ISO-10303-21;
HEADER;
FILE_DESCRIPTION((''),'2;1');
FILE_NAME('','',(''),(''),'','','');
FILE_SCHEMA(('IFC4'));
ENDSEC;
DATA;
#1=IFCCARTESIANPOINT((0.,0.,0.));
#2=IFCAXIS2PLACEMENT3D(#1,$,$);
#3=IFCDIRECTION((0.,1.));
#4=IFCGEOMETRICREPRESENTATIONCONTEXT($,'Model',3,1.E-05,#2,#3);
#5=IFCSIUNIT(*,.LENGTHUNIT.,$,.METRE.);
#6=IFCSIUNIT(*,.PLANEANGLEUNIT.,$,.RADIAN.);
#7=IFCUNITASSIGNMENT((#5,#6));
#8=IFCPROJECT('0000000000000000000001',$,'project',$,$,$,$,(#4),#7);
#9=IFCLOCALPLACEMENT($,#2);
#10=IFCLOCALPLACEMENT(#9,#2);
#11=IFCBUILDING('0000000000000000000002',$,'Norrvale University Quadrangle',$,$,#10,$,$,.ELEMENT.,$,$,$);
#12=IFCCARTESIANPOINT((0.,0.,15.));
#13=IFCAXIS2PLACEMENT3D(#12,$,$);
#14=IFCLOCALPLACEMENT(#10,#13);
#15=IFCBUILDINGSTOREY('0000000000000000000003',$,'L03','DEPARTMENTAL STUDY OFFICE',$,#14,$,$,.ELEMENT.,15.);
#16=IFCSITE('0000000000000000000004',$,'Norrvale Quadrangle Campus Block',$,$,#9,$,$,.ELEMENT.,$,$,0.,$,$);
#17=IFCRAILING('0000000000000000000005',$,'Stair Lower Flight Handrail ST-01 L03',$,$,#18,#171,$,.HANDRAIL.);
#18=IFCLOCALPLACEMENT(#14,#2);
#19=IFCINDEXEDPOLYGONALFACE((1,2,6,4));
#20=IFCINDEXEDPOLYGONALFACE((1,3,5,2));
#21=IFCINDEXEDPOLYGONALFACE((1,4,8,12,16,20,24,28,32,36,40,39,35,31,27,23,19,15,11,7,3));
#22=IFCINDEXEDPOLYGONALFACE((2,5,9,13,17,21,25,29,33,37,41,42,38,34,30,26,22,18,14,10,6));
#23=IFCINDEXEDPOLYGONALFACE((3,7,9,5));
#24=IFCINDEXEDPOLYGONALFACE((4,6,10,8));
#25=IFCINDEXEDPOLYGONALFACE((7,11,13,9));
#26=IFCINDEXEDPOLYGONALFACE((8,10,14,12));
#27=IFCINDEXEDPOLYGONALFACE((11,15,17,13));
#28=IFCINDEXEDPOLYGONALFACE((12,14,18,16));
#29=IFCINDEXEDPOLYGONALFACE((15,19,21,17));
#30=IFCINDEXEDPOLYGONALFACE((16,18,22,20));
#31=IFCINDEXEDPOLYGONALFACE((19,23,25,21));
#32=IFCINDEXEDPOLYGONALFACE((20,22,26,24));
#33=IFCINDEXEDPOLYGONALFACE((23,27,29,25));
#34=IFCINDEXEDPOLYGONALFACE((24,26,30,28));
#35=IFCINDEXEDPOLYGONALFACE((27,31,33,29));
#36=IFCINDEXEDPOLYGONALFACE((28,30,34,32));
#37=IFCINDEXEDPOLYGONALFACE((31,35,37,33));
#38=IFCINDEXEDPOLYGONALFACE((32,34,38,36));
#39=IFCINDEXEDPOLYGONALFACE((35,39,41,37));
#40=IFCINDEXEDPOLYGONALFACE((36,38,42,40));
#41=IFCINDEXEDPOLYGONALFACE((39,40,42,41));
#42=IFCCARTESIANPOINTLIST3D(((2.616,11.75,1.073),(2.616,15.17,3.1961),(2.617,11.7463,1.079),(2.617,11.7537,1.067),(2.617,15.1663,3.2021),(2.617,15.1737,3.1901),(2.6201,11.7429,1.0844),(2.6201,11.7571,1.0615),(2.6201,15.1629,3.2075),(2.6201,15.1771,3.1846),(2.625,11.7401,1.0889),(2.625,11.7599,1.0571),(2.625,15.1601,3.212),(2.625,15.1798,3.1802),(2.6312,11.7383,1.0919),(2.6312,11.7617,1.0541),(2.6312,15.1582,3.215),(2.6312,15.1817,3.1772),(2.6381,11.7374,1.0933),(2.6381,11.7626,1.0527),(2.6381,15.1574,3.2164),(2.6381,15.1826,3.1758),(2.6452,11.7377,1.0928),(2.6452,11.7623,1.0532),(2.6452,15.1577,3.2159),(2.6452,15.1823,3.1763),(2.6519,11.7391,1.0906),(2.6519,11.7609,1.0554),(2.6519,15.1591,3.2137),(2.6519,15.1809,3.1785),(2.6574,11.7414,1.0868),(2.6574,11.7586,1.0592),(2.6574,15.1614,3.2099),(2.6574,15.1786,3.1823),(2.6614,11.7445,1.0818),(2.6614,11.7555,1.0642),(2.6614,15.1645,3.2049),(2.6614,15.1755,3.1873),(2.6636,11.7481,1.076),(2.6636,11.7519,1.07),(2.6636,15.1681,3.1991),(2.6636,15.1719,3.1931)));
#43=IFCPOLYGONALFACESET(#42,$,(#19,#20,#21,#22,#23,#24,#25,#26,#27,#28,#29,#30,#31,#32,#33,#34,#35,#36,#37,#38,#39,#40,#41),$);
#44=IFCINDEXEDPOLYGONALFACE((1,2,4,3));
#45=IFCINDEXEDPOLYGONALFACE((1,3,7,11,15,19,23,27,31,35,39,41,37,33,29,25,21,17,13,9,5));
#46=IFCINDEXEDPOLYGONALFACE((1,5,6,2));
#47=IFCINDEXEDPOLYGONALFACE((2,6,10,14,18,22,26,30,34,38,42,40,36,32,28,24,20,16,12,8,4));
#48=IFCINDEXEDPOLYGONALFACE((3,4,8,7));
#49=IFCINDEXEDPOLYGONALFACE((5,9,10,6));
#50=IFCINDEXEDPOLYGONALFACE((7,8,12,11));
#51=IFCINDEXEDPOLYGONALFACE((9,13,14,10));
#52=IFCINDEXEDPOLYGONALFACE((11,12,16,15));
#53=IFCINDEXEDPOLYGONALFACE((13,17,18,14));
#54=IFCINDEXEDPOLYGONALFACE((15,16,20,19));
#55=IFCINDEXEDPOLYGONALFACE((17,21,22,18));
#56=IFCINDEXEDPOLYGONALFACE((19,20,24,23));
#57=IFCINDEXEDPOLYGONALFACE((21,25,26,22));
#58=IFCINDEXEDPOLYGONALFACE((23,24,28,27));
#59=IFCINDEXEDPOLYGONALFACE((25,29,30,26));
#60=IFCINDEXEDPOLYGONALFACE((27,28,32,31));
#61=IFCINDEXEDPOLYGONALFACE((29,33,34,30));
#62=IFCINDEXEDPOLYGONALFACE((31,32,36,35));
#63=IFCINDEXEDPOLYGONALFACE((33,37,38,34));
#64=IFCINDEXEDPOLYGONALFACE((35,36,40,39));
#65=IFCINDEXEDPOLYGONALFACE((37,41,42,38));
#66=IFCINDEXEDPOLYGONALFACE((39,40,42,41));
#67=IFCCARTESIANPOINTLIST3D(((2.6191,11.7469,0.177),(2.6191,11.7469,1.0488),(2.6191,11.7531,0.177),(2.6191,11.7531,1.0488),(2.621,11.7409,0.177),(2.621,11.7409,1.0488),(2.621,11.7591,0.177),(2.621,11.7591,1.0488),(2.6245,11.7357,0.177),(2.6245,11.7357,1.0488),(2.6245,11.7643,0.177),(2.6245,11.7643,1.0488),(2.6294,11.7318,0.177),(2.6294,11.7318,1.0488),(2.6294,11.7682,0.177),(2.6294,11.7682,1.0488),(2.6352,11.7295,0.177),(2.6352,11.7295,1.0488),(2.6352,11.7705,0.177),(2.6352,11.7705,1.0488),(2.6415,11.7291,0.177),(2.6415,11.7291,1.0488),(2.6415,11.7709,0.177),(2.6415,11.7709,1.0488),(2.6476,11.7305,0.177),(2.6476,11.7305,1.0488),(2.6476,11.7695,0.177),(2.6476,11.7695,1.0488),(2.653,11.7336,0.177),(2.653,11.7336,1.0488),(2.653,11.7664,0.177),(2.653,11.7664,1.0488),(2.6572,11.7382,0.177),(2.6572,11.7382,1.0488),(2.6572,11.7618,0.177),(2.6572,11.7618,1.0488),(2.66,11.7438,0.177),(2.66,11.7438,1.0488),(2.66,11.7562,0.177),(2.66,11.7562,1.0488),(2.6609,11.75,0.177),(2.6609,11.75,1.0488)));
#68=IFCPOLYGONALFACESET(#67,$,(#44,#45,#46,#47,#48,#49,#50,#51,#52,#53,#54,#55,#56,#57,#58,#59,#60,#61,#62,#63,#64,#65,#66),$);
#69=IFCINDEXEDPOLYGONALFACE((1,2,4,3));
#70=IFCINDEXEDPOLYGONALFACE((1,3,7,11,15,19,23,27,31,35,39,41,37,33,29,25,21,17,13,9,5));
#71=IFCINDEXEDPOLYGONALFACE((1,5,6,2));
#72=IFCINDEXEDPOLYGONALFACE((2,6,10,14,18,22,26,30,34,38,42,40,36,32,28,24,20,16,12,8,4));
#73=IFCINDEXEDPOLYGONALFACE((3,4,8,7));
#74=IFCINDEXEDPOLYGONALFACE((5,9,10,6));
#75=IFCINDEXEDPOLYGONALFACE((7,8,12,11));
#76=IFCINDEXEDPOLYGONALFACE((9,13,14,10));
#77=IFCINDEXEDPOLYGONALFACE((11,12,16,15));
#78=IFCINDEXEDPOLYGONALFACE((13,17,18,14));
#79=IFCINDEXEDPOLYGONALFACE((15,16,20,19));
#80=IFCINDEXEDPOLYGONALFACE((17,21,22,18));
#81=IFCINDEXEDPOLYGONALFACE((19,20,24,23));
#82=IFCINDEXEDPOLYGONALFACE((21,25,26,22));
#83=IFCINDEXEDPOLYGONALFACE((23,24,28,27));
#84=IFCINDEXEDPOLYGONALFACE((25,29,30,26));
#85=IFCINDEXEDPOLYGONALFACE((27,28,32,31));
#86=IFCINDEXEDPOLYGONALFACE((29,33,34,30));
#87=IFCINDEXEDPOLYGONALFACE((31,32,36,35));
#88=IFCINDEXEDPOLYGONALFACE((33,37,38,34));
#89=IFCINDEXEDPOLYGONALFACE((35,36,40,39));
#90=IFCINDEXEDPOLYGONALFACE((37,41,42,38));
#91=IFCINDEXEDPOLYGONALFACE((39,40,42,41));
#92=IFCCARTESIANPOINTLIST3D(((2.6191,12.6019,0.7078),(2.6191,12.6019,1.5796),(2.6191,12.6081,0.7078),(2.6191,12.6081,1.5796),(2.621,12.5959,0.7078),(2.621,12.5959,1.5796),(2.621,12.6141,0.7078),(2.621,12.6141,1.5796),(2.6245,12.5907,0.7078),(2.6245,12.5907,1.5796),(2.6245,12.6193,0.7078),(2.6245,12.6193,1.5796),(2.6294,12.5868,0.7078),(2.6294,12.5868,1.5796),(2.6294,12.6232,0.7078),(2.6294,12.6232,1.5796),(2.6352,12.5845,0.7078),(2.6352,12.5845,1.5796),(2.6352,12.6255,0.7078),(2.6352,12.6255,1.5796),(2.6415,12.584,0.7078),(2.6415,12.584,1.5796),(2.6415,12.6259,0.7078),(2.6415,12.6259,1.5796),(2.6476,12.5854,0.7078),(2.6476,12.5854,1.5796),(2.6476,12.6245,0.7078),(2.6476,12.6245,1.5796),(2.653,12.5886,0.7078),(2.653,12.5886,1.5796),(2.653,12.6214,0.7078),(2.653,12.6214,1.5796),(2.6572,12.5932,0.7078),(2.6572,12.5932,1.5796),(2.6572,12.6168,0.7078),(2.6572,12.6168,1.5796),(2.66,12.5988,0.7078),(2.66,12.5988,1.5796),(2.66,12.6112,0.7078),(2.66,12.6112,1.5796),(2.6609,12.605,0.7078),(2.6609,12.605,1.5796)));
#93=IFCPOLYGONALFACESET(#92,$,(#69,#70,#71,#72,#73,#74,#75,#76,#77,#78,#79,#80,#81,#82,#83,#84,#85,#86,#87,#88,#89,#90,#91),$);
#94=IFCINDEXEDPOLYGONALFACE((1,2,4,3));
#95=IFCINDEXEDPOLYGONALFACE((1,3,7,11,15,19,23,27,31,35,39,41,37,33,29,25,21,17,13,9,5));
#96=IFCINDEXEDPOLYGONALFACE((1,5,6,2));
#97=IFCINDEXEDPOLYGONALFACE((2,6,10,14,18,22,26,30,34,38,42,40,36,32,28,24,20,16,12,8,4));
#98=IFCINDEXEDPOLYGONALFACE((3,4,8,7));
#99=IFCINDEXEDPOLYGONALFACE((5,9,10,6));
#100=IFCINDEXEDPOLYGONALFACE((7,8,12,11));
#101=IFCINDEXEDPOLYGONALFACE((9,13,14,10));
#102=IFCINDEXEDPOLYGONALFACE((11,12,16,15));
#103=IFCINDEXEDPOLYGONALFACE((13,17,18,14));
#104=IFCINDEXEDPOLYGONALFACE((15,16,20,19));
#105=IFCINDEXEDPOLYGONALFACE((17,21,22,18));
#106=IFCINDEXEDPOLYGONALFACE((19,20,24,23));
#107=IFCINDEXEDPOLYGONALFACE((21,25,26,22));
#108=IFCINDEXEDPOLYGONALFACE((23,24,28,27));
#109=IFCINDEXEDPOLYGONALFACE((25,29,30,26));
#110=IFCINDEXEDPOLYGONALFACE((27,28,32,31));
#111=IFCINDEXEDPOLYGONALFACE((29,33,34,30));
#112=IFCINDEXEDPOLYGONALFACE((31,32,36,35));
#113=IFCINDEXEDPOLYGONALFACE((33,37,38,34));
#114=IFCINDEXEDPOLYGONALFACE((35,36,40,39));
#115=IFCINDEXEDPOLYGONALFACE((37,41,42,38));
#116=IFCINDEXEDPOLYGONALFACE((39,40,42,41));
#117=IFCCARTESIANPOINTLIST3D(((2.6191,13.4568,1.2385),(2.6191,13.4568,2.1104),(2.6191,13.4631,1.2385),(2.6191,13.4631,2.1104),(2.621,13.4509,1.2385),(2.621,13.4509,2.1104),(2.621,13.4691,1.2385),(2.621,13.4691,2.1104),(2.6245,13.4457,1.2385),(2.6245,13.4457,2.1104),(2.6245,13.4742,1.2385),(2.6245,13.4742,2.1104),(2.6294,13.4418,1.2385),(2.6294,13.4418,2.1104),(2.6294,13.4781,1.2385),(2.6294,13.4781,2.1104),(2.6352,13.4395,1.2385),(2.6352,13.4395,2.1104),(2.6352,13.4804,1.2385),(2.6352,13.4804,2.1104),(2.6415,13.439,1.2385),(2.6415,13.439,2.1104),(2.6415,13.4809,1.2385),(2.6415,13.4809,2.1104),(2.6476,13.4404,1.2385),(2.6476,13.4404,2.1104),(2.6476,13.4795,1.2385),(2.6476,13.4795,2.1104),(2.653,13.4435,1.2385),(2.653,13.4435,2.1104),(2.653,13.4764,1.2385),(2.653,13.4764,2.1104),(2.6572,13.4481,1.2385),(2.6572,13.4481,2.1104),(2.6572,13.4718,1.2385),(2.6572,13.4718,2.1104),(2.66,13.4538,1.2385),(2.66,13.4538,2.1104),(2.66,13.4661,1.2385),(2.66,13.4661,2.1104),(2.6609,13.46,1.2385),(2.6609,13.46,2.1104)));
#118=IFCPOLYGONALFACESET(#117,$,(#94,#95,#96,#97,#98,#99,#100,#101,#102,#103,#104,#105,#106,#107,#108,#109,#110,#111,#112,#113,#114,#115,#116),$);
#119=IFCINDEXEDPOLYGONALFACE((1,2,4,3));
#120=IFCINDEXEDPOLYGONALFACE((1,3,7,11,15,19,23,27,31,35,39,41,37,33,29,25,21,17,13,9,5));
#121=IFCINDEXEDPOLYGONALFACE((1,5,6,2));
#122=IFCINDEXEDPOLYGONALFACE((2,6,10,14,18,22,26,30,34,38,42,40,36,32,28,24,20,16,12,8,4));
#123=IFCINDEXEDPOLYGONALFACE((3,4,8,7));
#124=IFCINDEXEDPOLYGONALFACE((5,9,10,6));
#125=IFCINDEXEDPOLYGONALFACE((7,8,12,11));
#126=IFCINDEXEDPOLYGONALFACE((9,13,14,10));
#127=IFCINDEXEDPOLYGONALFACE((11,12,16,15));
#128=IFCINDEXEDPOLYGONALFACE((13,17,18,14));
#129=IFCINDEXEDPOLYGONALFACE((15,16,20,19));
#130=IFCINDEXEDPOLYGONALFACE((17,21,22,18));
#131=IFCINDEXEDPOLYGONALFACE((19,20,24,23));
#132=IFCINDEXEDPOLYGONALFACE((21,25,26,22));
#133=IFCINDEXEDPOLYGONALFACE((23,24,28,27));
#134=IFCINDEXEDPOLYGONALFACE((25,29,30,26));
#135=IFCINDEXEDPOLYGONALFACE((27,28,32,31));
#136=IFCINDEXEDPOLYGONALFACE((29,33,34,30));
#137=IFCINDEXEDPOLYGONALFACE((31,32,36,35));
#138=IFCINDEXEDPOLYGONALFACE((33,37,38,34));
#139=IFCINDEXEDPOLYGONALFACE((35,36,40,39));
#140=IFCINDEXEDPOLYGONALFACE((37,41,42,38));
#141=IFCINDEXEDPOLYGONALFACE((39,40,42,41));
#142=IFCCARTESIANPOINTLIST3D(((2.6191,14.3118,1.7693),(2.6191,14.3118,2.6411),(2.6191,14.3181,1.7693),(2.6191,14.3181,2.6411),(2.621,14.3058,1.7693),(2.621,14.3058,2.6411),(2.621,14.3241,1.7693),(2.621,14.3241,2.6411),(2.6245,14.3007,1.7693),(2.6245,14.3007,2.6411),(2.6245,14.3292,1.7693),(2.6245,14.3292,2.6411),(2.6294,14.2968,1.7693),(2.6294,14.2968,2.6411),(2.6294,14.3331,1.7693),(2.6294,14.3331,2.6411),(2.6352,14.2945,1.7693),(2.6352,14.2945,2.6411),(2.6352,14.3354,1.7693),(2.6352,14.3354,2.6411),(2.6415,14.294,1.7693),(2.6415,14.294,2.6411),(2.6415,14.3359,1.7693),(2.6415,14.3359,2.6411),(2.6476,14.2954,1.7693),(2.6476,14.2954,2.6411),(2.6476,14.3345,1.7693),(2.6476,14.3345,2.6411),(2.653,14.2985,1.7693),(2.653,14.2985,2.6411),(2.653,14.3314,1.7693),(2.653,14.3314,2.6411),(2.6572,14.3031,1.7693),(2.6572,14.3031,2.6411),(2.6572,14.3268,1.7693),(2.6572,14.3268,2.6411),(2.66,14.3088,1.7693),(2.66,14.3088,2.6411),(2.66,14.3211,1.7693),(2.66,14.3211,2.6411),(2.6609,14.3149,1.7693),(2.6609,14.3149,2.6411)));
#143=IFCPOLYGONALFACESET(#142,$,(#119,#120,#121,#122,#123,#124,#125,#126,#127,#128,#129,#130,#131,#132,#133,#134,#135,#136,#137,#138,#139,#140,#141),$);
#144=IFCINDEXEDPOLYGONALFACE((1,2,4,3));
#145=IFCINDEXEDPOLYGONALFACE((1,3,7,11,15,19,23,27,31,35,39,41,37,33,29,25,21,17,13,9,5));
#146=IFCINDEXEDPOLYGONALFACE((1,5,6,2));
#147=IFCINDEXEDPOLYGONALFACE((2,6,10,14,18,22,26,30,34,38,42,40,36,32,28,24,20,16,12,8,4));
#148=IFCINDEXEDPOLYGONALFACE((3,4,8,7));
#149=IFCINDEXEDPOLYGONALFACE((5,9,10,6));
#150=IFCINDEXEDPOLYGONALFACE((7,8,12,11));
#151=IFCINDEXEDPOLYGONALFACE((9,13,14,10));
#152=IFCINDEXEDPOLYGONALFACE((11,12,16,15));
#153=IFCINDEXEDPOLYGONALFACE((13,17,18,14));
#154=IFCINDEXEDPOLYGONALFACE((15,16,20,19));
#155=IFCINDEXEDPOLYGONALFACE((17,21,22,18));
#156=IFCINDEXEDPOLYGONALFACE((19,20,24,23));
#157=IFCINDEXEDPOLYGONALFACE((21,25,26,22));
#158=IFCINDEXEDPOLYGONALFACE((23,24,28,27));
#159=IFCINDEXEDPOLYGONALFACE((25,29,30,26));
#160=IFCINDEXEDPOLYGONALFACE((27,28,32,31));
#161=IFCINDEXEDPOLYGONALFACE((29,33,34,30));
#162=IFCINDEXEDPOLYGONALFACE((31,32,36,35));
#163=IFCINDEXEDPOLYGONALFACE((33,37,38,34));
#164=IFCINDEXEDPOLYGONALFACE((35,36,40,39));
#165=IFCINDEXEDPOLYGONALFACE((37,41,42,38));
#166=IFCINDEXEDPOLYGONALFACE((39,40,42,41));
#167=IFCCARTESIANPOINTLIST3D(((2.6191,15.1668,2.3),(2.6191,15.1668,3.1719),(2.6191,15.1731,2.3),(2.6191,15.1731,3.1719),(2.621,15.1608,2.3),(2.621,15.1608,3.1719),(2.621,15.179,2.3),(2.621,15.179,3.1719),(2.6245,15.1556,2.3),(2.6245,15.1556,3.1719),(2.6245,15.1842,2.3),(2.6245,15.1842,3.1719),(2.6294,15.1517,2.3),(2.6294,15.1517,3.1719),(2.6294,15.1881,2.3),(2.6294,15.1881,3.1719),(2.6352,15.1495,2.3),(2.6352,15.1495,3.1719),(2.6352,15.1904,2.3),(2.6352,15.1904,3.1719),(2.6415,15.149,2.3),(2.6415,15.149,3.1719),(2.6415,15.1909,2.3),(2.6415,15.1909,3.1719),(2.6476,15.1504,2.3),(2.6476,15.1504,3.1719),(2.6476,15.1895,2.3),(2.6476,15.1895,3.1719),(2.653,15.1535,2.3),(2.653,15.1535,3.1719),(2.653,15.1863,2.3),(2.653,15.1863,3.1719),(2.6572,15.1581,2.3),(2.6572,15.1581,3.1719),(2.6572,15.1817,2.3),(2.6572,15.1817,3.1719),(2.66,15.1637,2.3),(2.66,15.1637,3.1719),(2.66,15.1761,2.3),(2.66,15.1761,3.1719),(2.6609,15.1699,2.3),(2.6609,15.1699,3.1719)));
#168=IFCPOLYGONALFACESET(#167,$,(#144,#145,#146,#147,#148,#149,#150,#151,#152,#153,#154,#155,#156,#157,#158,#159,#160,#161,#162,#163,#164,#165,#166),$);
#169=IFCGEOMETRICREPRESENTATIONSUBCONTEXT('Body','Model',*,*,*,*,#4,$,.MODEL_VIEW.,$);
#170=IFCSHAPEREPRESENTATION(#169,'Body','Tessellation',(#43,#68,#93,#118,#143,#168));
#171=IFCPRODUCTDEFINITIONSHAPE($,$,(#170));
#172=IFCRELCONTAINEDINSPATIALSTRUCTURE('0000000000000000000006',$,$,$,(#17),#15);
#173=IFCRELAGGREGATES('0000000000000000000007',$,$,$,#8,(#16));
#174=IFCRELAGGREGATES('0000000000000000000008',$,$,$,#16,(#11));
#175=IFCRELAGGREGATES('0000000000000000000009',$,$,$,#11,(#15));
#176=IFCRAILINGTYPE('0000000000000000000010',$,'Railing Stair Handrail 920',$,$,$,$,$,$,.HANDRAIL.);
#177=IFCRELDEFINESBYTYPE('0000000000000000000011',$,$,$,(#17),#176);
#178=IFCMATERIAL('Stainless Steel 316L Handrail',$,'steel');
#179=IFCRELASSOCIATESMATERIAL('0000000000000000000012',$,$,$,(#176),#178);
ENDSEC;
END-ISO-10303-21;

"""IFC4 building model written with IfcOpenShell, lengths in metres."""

from ifc_helpers import new_model, si_unit, direction, frame, origin, origin_2d, place, context, subcontext, project, spatial, circle, extrude, material, type_object, element, save


model = new_model("IFC4")

# Units and contexts
model_context = context("Model", 3, precision=1e-05, world=origin(), true_north=direction((0.0, 1.0)))
body_context = subcontext(model_context, "Body", "Model", "MODEL_VIEW")
ifc_project = project(units=[si_unit("LENGTHUNIT", "METRE"), si_unit("PLANEANGLEUNIT", "RADIAN")], contexts=[model_context])

# Site, building, storey
site_placement = place(None, origin())
site = spatial("IfcSite", under=ifc_project, at=site_placement, Name="Norrvale Quadrangle Campus Block", CompositionType="ELEMENT", RefElevation=0.0)
building_placement = place(site_placement, origin())
building = spatial("IfcBuilding", under=site, at=building_placement, Name="Norrvale University Quadrangle", CompositionType="ELEMENT")
storey_placement = place(building_placement, frame((0.0, 0.0, 15.0)))
storey = spatial("IfcBuildingStorey", under=building, at=storey_placement, Name="L03", Description="DEPARTMENTAL STUDY OFFICE", CompositionType="ELEMENT", Elevation=15.0)

# Railing
ifc_material_1 = material(Name="Stainless Steel 316L Handrail", Category="steel")
railing_type_1 = type_object("IfcRailingType", Name="Railing Stair Handrail 920", PredefinedType="HANDRAIL", material=ifc_material_1)
railing_1_placement = place(storey_placement, frame((2.6399, 11.75, 0.177)))
element("IfcRailing", 1, at=railing_1_placement, inside=storey, type_object=railing_type_1, Name="Stair Lower Flight Handrail ST-01 L03", PredefinedType="HANDRAIL", context=body_context, shape_type="SweptSolid", body=[
    extrude(circle(Radius=0.0239, at=origin_2d()), frame((0.0, 0.0, 0.896), z_axis=(0.0, 0.849603, 0.527423), x_axis=(-1.0, 0.0, 0.0)), (0.0, 0.0, 1.0), 4.0254),
    extrude(circle(Radius=0.021, at=origin_2d()), origin(), (0.0, 0.0, 1.0), 0.8718),
    extrude(circle(Radius=0.021, at=origin_2d()), frame((0.0, 0.855, 0.5308)), (0.0, 0.0, 1.0), 0.8718),
    extrude(circle(Radius=0.021, at=origin_2d()), frame((0.0, 1.71, 1.0615)), (0.0, 0.0, 1.0), 0.8718),
    extrude(circle(Radius=0.021, at=origin_2d()), frame((0.0, 2.5649, 1.5923)), (0.0, 0.0, 1.0), 0.8718),
    extrude(circle(Radius=0.021, at=origin_2d()), frame((0.0, 3.4199, 2.123)), (0.0, 0.0, 1.0), 0.8718),
])

save(model, "model.ifc")
